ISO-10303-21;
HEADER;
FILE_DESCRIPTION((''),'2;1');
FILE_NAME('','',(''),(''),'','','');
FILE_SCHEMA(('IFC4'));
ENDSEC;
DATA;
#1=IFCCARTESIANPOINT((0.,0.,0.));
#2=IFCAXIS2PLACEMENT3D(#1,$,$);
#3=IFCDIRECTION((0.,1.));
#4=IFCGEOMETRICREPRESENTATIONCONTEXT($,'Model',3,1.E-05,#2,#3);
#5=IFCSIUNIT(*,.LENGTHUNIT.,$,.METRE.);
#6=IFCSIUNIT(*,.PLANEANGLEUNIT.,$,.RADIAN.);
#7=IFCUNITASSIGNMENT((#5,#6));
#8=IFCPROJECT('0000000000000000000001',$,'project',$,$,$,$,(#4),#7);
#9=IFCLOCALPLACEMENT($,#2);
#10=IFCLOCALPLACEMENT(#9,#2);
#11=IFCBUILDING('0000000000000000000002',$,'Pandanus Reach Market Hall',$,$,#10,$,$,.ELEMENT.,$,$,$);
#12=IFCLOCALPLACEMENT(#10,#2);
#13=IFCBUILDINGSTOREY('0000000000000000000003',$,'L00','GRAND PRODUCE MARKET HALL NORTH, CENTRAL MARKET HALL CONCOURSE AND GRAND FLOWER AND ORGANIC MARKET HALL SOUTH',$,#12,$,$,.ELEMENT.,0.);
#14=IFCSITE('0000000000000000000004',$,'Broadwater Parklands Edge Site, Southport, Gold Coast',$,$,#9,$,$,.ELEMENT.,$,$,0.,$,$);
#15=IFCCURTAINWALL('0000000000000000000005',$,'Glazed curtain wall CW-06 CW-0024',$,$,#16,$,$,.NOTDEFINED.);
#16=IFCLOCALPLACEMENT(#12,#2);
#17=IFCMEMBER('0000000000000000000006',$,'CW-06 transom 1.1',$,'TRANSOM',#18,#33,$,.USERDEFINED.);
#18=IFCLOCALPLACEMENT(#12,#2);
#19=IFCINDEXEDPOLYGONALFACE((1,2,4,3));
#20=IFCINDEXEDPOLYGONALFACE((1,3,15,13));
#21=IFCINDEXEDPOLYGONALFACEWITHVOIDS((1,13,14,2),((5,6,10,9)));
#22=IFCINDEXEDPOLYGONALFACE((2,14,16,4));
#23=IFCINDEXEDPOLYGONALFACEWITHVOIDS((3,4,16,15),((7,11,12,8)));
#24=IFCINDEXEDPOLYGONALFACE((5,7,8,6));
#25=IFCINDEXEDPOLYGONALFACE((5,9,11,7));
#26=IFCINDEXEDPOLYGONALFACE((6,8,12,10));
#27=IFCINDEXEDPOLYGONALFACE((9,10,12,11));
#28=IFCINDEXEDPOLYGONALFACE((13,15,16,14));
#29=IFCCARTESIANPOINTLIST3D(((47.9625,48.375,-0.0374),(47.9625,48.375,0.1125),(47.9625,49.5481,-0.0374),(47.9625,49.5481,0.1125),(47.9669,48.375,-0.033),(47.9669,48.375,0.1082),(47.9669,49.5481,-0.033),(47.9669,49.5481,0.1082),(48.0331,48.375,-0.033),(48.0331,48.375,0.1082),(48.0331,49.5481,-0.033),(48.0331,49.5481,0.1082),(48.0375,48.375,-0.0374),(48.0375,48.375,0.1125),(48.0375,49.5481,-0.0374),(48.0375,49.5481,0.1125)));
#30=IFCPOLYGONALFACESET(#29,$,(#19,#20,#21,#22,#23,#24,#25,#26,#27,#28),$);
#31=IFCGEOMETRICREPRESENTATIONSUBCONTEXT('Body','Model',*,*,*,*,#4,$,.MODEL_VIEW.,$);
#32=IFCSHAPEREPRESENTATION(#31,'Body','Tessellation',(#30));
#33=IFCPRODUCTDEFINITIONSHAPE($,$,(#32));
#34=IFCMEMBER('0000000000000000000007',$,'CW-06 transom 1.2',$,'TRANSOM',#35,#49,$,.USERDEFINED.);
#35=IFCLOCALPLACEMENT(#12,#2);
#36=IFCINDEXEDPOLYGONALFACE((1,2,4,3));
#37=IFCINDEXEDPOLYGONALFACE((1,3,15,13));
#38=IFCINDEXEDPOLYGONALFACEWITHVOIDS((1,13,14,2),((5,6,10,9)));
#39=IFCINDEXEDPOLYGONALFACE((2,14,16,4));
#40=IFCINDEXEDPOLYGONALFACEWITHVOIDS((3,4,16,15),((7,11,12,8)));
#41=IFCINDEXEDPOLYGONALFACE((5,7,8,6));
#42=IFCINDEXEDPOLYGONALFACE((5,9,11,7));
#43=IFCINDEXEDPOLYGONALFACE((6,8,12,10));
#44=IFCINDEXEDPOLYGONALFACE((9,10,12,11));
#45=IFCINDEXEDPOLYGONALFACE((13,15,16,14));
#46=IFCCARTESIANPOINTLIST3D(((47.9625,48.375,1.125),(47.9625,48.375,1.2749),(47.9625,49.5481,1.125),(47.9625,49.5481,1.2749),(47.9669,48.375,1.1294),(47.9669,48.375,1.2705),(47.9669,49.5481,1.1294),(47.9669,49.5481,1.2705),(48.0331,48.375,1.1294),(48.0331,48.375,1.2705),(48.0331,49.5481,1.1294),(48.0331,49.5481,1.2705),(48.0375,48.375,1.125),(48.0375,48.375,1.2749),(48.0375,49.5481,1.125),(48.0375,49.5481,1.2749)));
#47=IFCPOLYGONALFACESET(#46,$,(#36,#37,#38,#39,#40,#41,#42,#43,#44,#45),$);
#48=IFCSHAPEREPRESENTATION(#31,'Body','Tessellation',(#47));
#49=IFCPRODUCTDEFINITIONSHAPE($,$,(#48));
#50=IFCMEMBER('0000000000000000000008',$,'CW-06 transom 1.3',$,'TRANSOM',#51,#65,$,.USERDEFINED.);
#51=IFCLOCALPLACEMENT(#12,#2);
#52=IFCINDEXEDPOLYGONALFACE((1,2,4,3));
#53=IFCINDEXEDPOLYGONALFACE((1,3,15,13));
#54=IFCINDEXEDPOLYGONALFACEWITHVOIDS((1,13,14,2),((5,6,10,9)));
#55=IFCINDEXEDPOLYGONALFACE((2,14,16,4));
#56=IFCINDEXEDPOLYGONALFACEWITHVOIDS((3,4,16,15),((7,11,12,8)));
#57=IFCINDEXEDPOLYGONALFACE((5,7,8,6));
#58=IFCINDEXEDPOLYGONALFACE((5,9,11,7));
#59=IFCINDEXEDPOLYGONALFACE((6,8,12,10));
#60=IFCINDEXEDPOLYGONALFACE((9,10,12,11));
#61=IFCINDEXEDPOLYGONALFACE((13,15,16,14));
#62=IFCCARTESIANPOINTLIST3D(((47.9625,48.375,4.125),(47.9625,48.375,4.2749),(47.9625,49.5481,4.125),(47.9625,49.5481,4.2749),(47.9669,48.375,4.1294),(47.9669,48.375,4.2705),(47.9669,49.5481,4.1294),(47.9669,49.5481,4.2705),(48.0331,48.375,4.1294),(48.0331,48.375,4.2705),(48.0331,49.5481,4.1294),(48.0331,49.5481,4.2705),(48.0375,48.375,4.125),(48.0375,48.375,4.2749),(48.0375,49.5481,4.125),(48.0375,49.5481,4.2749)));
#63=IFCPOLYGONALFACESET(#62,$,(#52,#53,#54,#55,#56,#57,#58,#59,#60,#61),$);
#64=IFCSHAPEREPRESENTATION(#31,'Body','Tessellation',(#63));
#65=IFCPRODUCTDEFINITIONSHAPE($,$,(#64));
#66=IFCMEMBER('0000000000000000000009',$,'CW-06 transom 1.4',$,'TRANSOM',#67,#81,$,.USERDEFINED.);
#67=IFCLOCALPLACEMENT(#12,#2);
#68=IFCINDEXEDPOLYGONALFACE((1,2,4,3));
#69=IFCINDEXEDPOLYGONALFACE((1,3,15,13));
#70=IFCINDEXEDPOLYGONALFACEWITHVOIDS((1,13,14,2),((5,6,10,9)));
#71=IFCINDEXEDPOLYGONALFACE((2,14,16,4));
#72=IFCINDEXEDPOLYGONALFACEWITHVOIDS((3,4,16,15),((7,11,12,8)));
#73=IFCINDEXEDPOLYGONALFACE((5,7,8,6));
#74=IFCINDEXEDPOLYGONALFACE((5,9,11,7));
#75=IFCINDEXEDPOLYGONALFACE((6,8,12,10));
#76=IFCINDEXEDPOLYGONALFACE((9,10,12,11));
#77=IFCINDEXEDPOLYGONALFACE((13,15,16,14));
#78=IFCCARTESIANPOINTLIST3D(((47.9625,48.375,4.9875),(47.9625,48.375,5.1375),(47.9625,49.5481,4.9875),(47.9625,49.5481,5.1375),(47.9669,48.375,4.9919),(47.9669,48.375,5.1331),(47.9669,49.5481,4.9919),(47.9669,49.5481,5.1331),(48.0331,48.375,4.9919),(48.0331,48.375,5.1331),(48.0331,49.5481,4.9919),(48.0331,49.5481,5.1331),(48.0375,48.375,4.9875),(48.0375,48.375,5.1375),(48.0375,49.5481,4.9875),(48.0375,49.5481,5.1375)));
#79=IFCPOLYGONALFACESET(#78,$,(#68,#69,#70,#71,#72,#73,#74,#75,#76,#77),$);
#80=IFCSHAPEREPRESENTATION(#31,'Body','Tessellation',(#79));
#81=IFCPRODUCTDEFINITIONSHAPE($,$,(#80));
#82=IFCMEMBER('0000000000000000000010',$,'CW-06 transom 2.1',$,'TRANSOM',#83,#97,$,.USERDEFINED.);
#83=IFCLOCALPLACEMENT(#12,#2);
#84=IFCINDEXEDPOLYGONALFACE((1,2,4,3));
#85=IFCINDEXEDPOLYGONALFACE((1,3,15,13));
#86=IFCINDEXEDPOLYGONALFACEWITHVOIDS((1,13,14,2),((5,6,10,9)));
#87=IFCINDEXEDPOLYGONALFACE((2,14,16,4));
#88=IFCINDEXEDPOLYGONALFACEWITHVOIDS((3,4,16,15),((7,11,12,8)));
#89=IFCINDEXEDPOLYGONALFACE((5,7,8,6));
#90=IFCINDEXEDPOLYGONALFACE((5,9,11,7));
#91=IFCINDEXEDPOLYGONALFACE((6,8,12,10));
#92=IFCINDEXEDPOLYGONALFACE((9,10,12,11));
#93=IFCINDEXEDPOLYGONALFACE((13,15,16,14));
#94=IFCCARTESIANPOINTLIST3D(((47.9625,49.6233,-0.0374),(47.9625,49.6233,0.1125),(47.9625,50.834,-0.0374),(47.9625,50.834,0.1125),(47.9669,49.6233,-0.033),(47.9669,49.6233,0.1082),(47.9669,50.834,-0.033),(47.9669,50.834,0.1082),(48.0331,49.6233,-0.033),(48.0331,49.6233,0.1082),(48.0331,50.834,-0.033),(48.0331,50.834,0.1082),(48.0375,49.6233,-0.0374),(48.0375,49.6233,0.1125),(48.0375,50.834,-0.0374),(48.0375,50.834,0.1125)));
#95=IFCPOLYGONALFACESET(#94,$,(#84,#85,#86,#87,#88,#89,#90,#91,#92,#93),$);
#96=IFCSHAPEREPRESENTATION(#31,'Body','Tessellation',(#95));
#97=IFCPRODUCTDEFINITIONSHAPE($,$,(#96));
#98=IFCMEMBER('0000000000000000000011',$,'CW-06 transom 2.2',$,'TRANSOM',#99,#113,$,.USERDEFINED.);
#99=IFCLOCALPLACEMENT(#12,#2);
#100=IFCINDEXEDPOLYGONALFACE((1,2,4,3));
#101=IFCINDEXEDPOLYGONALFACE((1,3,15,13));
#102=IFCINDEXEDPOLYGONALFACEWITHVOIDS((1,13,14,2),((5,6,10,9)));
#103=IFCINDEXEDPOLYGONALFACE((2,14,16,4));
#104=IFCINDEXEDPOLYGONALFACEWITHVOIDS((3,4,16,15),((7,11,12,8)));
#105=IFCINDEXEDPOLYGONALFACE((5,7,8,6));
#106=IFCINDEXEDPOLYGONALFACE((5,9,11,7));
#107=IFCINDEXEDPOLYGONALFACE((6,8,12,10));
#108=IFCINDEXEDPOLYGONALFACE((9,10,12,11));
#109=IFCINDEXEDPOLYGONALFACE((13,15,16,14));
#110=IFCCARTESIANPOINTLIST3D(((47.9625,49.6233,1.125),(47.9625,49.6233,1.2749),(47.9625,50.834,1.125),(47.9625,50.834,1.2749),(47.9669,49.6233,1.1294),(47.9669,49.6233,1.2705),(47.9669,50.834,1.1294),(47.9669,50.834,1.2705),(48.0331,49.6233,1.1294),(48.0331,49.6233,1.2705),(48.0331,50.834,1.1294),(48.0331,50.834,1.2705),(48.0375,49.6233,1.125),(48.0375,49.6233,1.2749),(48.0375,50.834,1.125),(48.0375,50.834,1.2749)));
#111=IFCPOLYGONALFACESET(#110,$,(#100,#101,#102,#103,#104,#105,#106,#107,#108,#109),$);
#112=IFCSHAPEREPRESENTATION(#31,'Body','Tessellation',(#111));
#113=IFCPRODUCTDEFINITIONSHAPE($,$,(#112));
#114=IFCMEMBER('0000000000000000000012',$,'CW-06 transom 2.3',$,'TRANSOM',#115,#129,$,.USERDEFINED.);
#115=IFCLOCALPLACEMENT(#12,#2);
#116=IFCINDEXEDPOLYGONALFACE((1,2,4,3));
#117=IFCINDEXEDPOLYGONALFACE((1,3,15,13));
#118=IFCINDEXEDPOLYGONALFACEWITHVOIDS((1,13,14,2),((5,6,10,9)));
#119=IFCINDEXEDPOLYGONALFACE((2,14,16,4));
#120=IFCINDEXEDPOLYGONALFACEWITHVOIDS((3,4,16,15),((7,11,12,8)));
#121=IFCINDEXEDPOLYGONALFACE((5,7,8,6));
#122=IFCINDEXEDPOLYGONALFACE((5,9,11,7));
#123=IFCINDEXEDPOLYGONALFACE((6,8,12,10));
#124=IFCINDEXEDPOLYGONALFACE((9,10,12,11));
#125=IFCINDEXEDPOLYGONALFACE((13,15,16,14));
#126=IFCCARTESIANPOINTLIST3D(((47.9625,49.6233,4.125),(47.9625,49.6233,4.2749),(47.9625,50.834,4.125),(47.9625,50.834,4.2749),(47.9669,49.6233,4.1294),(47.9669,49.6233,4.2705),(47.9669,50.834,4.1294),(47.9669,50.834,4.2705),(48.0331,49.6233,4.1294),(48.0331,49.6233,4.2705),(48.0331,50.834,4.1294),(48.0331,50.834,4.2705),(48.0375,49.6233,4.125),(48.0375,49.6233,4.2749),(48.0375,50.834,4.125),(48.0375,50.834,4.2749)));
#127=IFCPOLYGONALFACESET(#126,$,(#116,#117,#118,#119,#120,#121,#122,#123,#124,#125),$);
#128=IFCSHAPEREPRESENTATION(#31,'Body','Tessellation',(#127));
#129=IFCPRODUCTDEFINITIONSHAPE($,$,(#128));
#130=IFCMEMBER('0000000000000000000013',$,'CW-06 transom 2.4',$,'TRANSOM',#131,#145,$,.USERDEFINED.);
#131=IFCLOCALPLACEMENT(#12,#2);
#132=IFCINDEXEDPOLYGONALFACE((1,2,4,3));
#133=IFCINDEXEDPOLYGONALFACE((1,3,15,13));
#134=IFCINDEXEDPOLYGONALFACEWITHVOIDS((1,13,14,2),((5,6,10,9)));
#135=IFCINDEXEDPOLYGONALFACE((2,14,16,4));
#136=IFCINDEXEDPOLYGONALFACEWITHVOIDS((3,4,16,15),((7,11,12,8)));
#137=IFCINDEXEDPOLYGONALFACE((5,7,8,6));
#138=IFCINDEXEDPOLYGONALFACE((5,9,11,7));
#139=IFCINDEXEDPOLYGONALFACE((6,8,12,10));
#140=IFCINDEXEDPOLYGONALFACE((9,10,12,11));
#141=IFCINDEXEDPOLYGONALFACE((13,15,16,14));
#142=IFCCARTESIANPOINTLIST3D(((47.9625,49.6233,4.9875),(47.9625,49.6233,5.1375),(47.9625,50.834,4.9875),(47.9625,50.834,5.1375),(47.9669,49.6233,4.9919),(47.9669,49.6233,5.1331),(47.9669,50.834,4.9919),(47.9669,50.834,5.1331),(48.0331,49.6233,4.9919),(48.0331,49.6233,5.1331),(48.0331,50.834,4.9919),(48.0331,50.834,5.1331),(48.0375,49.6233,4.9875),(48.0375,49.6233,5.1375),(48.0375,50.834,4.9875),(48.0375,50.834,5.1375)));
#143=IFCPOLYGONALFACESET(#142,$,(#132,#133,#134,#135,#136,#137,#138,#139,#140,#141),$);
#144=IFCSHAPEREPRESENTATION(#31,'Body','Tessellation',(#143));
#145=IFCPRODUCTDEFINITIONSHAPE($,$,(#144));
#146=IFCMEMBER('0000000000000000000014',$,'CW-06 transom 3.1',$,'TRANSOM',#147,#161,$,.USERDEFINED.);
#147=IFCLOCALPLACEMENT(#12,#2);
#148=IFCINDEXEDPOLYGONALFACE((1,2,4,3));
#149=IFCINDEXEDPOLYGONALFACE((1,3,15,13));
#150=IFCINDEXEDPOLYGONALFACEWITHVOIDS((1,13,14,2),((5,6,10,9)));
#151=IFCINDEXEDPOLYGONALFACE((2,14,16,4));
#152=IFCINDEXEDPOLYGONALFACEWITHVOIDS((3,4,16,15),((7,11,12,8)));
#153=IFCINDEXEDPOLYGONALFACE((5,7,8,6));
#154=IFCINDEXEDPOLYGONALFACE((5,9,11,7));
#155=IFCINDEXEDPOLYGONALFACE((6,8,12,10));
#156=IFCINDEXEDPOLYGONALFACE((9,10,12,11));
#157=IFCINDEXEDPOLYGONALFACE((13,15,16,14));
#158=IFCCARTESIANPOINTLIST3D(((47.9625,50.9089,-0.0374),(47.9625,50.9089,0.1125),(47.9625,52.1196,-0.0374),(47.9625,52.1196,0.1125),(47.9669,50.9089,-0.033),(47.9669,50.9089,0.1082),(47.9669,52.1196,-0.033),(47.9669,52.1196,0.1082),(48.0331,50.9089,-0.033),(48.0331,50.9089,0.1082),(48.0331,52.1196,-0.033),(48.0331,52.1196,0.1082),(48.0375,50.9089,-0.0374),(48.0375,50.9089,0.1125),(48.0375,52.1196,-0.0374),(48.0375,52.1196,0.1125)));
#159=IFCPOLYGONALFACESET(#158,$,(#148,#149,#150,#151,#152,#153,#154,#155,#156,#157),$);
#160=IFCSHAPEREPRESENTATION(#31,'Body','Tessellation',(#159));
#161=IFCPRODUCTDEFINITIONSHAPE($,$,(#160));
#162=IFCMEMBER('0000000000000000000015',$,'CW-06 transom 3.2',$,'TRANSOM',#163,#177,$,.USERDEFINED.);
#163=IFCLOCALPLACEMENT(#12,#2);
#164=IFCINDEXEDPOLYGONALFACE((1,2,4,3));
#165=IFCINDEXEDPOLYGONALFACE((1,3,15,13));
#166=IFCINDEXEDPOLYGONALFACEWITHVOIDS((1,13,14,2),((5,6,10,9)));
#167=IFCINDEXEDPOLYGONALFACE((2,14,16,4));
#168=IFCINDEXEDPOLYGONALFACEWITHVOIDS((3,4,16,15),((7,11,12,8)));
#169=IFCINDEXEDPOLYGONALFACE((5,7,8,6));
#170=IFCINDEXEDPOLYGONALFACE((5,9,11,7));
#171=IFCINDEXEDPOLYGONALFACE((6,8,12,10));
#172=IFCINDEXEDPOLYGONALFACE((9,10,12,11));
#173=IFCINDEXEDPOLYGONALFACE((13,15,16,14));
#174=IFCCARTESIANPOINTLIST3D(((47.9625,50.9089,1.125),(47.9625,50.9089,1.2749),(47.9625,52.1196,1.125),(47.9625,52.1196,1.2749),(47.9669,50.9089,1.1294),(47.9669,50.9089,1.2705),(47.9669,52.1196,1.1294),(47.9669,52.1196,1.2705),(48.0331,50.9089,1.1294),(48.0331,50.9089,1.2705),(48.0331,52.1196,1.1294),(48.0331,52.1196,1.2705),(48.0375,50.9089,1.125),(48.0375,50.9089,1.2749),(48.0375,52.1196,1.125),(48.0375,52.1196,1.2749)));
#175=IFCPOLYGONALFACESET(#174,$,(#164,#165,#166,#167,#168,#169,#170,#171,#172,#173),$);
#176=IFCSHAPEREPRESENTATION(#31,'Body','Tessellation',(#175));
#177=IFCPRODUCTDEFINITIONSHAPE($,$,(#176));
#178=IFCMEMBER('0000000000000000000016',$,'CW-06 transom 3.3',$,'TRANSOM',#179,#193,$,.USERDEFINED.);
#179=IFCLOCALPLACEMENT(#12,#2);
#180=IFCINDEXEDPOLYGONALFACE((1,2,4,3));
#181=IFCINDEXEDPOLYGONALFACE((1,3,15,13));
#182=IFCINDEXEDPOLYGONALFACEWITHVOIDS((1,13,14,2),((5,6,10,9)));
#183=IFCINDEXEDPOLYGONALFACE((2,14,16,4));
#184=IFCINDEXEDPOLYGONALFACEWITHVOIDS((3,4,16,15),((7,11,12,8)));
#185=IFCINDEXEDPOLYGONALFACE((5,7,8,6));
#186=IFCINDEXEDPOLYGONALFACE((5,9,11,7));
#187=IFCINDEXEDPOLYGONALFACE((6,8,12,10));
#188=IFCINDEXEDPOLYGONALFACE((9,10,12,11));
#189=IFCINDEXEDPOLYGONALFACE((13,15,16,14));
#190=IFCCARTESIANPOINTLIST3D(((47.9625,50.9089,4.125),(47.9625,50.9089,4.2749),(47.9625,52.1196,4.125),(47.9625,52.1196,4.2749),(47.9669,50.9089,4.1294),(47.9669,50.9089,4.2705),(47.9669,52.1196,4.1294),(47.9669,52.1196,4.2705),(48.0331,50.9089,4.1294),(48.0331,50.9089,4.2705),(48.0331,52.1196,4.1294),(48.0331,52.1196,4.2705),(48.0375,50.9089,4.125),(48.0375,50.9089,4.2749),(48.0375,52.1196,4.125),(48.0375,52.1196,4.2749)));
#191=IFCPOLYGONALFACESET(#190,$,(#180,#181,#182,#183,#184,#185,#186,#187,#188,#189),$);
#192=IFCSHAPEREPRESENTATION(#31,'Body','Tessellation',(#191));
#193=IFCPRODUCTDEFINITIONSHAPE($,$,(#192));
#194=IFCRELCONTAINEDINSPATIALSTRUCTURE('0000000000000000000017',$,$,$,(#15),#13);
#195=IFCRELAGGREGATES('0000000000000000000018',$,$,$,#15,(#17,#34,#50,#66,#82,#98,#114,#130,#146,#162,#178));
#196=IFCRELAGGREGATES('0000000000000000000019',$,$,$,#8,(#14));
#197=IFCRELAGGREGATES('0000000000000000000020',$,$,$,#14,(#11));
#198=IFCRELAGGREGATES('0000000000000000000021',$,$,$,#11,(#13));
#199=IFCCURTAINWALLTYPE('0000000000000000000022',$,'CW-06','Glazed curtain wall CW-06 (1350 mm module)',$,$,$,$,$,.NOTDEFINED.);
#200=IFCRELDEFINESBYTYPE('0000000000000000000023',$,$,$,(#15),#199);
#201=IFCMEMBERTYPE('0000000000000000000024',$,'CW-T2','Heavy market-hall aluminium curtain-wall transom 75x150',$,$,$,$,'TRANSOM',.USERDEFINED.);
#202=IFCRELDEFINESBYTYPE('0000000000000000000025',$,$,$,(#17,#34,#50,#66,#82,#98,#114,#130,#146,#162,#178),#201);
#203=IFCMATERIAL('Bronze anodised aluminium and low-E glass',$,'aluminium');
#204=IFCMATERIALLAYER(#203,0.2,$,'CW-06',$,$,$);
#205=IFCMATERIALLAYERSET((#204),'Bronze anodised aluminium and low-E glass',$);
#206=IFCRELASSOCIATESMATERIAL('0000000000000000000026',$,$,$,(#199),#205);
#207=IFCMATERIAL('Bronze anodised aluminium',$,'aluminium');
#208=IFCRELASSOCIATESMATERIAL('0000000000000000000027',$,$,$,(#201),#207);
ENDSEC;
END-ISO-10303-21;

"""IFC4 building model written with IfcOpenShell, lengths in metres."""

from ifc_helpers import new_model, si_unit, direction, frame, origin, origin_2d, place, context, subcontext, project, spatial, hollow_rectangle, extrude, material, layer, layer_set, material_profile, profile_set, type_object, element, aggregate, save


model = new_model("IFC4")

# Units and contexts
model_context = context("Model", 3, precision=1e-05, world=origin(), true_north=direction((0.0, 1.0)))
body_context = subcontext(model_context, "Body", "Model", "MODEL_VIEW")
ifc_project = project(units=[si_unit("LENGTHUNIT", "METRE"), si_unit("PLANEANGLEUNIT", "RADIAN")], contexts=[model_context])

# Site, building, storey
site_placement = place(None, origin())
site = spatial("IfcSite", under=ifc_project, at=site_placement, Name="Broadwater Parklands Edge Site, Southport, Gold Coast", CompositionType="ELEMENT", RefElevation=0.0)
building_placement = place(site_placement, origin())
building = spatial("IfcBuilding", under=site, at=building_placement, Name="Pandanus Reach Market Hall", CompositionType="ELEMENT")
storey_placement = place(building_placement, origin())
storey = spatial("IfcBuildingStorey", under=building, at=storey_placement, Name="L00", Description="GRAND PRODUCE MARKET HALL NORTH, CENTRAL MARKET HALL CONCOURSE AND GRAND FLOWER AND ORGANIC MARKET HALL SOUTH", CompositionType="ELEMENT", Elevation=0.0)

# Curtain wall, members
ifc_material_1 = material(Name="Bronze anodised aluminium and low-E glass", Category="aluminium")
ifc_layer_1 = layer(ifc_material_1, 0.2, Name="CW-06")
ifc_layer_set_1 = layer_set([ifc_layer_1], Name="Bronze anodised aluminium and low-E glass")
curtain_wall_type = type_object("IfcCurtainWallType", Name="CW-06", Description="Glazed curtain wall CW-06 (1350 mm module)", PredefinedType="NOTDEFINED", material=ifc_layer_set_1)
curtain_wall_placement = place(storey_placement, origin())
curtain_wall = element("IfcCurtainWall", 1, at=curtain_wall_placement, inside=storey, type_object=curtain_wall_type, Name="Glazed curtain wall CW-06 CW-0024", PredefinedType="NOTDEFINED")
ifc_material_2 = material(Name="Bronze anodised aluminium", Category="aluminium")
ifc_material_profile_1 = material_profile(ifc_material_2, hollow_rectangle(XDim=0.075, YDim=0.1499, WallThickness=0.0044, at=origin_2d()), Name="ALU75x150", Category="LoadBearing")
ifc_profile_set_1 = profile_set([ifc_material_profile_1], Name="Bronze anodised aluminium")
member_type_1 = type_object("IfcMemberType", Name="CW-T2", Description="Heavy market-hall aluminium curtain-wall transom 75x150", ElementType="TRANSOM", PredefinedType="USERDEFINED", material=ifc_profile_set_1)
member_1_placement = place(storey_placement, frame((48.0, 48.375, 0.0376), z_axis=(0.0, 1.0, 0.0), x_axis=(-1.0, 0.0, 0.0)))
member_1 = element("IfcMember", 2, at=member_1_placement, type_object=member_type_1, Name="CW-06 transom 1.1", ObjectType="TRANSOM", PredefinedType="USERDEFINED", context=body_context, shape_type="SweptSolid", body=[
    extrude(hollow_rectangle(XDim=0.075, YDim=0.1499, WallThickness=0.0044, at=origin_2d()), origin(), (0.0, 0.0, 1.0), 1.1731),
])
member_2_placement = place(storey_placement, frame((48.0, 48.375, 1.2), z_axis=(0.0, 1.0, 0.0), x_axis=(-1.0, 0.0, 0.0)))
member_2 = element("IfcMember", 3, at=member_2_placement, type_object=member_type_1, Name="CW-06 transom 1.2", ObjectType="TRANSOM", PredefinedType="USERDEFINED", context=body_context, shape_type="SweptSolid", body=[
    extrude(hollow_rectangle(XDim=0.075, YDim=0.1499, WallThickness=0.0044, at=origin_2d()), origin(), (0.0, 0.0, 1.0), 1.1731),
])
member_3_placement = place(storey_placement, frame((48.0, 48.375, 4.2), z_axis=(0.0, 1.0, 0.0), x_axis=(-1.0, 0.0, 0.0)))
member_3 = element("IfcMember", 4, at=member_3_placement, type_object=member_type_1, Name="CW-06 transom 1.3", ObjectType="TRANSOM", PredefinedType="USERDEFINED", context=body_context, shape_type="SweptSolid", body=[
    extrude(hollow_rectangle(XDim=0.075, YDim=0.1499, WallThickness=0.0044, at=origin_2d()), origin(), (0.0, 0.0, 1.0), 1.1731),
])
member_4_placement = place(storey_placement, frame((48.0, 48.375, 5.0625), z_axis=(0.0, 1.0, 0.0), x_axis=(-1.0, 0.0, 0.0)))
member_4 = element("IfcMember", 5, at=member_4_placement, type_object=member_type_1, Name="CW-06 transom 1.4", ObjectType="TRANSOM", PredefinedType="USERDEFINED", context=body_context, shape_type="SweptSolid", body=[
    extrude(hollow_rectangle(XDim=0.075, YDim=0.1499, WallThickness=0.0044, at=origin_2d()), origin(), (0.0, 0.0, 1.0), 1.1731),
])
member_5_placement = place(storey_placement, frame((48.0, 49.6233, 0.0376), z_axis=(0.0, 1.0, 0.0), x_axis=(-1.0, 0.0, 0.0)))
member_5 = element("IfcMember", 6, at=member_5_placement, type_object=member_type_1, Name="CW-06 transom 2.1", ObjectType="TRANSOM", PredefinedType="USERDEFINED", context=body_context, shape_type="SweptSolid", body=[
    extrude(hollow_rectangle(XDim=0.075, YDim=0.1499, WallThickness=0.0044, at=origin_2d()), origin(), (0.0, 0.0, 1.0), 1.2107),
])
member_6_placement = place(storey_placement, frame((48.0, 49.6233, 1.2), z_axis=(0.0, 1.0, 0.0), x_axis=(-1.0, 0.0, 0.0)))
member_6 = element("IfcMember", 7, at=member_6_placement, type_object=member_type_1, Name="CW-06 transom 2.2", ObjectType="TRANSOM", PredefinedType="USERDEFINED", context=body_context, shape_type="SweptSolid", body=[
    extrude(hollow_rectangle(XDim=0.075, YDim=0.1499, WallThickness=0.0044, at=origin_2d()), origin(), (0.0, 0.0, 1.0), 1.2107),
])
member_7_placement = place(storey_placement, frame((48.0, 49.6233, 4.2), z_axis=(0.0, 1.0, 0.0), x_axis=(-1.0, 0.0, 0.0)))
member_7 = element("IfcMember", 8, at=member_7_placement, type_object=member_type_1, Name="CW-06 transom 2.3", ObjectType="TRANSOM", PredefinedType="USERDEFINED", context=body_context, shape_type="SweptSolid", body=[
    extrude(hollow_rectangle(XDim=0.075, YDim=0.1499, WallThickness=0.0044, at=origin_2d()), origin(), (0.0, 0.0, 1.0), 1.2107),
])
member_8_placement = place(storey_placement, frame((48.0, 49.6233, 5.0625), z_axis=(0.0, 1.0, 0.0), x_axis=(-1.0, 0.0, 0.0)))
member_8 = element("IfcMember", 9, at=member_8_placement, type_object=member_type_1, Name="CW-06 transom 2.4", ObjectType="TRANSOM", PredefinedType="USERDEFINED", context=body_context, shape_type="SweptSolid", body=[
    extrude(hollow_rectangle(XDim=0.075, YDim=0.1499, WallThickness=0.0044, at=origin_2d()), origin(), (0.0, 0.0, 1.0), 1.2107),
])
member_9_placement = place(storey_placement, frame((48.0, 50.9089, 0.0376), z_axis=(0.0, 1.0, 0.0), x_axis=(-1.0, 0.0, 0.0)))
member_9 = element("IfcMember", 10, at=member_9_placement, type_object=member_type_1, Name="CW-06 transom 3.1", ObjectType="TRANSOM", PredefinedType="USERDEFINED", context=body_context, shape_type="SweptSolid", body=[
    extrude(hollow_rectangle(XDim=0.075, YDim=0.1499, WallThickness=0.0044, at=origin_2d()), origin(), (0.0, 0.0, 1.0), 1.2107),
])
member_10_placement = place(storey_placement, frame((48.0, 50.9089, 1.2), z_axis=(0.0, 1.0, 0.0), x_axis=(-1.0, 0.0, 0.0)))
member_10 = element("IfcMember", 11, at=member_10_placement, type_object=member_type_1, Name="CW-06 transom 3.2", ObjectType="TRANSOM", PredefinedType="USERDEFINED", context=body_context, shape_type="SweptSolid", body=[
    extrude(hollow_rectangle(XDim=0.075, YDim=0.1499, WallThickness=0.0044, at=origin_2d()), origin(), (0.0, 0.0, 1.0), 1.2107),
])
member_11_placement = place(storey_placement, frame((48.0, 50.9089, 4.2), z_axis=(0.0, 1.0, 0.0), x_axis=(-1.0, 0.0, 0.0)))
member_11 = element("IfcMember", 12, at=member_11_placement, type_object=member_type_1, Name="CW-06 transom 3.3", ObjectType="TRANSOM", PredefinedType="USERDEFINED", context=body_context, shape_type="SweptSolid", body=[
    extrude(hollow_rectangle(XDim=0.075, YDim=0.1499, WallThickness=0.0044, at=origin_2d()), origin(), (0.0, 0.0, 1.0), 1.2107),
])
aggregate(curtain_wall, [member_1, member_2, member_3, member_4, member_5, member_6, member_7, member_8, member_9, member_10, member_11])

save(model, "model.ifc")
